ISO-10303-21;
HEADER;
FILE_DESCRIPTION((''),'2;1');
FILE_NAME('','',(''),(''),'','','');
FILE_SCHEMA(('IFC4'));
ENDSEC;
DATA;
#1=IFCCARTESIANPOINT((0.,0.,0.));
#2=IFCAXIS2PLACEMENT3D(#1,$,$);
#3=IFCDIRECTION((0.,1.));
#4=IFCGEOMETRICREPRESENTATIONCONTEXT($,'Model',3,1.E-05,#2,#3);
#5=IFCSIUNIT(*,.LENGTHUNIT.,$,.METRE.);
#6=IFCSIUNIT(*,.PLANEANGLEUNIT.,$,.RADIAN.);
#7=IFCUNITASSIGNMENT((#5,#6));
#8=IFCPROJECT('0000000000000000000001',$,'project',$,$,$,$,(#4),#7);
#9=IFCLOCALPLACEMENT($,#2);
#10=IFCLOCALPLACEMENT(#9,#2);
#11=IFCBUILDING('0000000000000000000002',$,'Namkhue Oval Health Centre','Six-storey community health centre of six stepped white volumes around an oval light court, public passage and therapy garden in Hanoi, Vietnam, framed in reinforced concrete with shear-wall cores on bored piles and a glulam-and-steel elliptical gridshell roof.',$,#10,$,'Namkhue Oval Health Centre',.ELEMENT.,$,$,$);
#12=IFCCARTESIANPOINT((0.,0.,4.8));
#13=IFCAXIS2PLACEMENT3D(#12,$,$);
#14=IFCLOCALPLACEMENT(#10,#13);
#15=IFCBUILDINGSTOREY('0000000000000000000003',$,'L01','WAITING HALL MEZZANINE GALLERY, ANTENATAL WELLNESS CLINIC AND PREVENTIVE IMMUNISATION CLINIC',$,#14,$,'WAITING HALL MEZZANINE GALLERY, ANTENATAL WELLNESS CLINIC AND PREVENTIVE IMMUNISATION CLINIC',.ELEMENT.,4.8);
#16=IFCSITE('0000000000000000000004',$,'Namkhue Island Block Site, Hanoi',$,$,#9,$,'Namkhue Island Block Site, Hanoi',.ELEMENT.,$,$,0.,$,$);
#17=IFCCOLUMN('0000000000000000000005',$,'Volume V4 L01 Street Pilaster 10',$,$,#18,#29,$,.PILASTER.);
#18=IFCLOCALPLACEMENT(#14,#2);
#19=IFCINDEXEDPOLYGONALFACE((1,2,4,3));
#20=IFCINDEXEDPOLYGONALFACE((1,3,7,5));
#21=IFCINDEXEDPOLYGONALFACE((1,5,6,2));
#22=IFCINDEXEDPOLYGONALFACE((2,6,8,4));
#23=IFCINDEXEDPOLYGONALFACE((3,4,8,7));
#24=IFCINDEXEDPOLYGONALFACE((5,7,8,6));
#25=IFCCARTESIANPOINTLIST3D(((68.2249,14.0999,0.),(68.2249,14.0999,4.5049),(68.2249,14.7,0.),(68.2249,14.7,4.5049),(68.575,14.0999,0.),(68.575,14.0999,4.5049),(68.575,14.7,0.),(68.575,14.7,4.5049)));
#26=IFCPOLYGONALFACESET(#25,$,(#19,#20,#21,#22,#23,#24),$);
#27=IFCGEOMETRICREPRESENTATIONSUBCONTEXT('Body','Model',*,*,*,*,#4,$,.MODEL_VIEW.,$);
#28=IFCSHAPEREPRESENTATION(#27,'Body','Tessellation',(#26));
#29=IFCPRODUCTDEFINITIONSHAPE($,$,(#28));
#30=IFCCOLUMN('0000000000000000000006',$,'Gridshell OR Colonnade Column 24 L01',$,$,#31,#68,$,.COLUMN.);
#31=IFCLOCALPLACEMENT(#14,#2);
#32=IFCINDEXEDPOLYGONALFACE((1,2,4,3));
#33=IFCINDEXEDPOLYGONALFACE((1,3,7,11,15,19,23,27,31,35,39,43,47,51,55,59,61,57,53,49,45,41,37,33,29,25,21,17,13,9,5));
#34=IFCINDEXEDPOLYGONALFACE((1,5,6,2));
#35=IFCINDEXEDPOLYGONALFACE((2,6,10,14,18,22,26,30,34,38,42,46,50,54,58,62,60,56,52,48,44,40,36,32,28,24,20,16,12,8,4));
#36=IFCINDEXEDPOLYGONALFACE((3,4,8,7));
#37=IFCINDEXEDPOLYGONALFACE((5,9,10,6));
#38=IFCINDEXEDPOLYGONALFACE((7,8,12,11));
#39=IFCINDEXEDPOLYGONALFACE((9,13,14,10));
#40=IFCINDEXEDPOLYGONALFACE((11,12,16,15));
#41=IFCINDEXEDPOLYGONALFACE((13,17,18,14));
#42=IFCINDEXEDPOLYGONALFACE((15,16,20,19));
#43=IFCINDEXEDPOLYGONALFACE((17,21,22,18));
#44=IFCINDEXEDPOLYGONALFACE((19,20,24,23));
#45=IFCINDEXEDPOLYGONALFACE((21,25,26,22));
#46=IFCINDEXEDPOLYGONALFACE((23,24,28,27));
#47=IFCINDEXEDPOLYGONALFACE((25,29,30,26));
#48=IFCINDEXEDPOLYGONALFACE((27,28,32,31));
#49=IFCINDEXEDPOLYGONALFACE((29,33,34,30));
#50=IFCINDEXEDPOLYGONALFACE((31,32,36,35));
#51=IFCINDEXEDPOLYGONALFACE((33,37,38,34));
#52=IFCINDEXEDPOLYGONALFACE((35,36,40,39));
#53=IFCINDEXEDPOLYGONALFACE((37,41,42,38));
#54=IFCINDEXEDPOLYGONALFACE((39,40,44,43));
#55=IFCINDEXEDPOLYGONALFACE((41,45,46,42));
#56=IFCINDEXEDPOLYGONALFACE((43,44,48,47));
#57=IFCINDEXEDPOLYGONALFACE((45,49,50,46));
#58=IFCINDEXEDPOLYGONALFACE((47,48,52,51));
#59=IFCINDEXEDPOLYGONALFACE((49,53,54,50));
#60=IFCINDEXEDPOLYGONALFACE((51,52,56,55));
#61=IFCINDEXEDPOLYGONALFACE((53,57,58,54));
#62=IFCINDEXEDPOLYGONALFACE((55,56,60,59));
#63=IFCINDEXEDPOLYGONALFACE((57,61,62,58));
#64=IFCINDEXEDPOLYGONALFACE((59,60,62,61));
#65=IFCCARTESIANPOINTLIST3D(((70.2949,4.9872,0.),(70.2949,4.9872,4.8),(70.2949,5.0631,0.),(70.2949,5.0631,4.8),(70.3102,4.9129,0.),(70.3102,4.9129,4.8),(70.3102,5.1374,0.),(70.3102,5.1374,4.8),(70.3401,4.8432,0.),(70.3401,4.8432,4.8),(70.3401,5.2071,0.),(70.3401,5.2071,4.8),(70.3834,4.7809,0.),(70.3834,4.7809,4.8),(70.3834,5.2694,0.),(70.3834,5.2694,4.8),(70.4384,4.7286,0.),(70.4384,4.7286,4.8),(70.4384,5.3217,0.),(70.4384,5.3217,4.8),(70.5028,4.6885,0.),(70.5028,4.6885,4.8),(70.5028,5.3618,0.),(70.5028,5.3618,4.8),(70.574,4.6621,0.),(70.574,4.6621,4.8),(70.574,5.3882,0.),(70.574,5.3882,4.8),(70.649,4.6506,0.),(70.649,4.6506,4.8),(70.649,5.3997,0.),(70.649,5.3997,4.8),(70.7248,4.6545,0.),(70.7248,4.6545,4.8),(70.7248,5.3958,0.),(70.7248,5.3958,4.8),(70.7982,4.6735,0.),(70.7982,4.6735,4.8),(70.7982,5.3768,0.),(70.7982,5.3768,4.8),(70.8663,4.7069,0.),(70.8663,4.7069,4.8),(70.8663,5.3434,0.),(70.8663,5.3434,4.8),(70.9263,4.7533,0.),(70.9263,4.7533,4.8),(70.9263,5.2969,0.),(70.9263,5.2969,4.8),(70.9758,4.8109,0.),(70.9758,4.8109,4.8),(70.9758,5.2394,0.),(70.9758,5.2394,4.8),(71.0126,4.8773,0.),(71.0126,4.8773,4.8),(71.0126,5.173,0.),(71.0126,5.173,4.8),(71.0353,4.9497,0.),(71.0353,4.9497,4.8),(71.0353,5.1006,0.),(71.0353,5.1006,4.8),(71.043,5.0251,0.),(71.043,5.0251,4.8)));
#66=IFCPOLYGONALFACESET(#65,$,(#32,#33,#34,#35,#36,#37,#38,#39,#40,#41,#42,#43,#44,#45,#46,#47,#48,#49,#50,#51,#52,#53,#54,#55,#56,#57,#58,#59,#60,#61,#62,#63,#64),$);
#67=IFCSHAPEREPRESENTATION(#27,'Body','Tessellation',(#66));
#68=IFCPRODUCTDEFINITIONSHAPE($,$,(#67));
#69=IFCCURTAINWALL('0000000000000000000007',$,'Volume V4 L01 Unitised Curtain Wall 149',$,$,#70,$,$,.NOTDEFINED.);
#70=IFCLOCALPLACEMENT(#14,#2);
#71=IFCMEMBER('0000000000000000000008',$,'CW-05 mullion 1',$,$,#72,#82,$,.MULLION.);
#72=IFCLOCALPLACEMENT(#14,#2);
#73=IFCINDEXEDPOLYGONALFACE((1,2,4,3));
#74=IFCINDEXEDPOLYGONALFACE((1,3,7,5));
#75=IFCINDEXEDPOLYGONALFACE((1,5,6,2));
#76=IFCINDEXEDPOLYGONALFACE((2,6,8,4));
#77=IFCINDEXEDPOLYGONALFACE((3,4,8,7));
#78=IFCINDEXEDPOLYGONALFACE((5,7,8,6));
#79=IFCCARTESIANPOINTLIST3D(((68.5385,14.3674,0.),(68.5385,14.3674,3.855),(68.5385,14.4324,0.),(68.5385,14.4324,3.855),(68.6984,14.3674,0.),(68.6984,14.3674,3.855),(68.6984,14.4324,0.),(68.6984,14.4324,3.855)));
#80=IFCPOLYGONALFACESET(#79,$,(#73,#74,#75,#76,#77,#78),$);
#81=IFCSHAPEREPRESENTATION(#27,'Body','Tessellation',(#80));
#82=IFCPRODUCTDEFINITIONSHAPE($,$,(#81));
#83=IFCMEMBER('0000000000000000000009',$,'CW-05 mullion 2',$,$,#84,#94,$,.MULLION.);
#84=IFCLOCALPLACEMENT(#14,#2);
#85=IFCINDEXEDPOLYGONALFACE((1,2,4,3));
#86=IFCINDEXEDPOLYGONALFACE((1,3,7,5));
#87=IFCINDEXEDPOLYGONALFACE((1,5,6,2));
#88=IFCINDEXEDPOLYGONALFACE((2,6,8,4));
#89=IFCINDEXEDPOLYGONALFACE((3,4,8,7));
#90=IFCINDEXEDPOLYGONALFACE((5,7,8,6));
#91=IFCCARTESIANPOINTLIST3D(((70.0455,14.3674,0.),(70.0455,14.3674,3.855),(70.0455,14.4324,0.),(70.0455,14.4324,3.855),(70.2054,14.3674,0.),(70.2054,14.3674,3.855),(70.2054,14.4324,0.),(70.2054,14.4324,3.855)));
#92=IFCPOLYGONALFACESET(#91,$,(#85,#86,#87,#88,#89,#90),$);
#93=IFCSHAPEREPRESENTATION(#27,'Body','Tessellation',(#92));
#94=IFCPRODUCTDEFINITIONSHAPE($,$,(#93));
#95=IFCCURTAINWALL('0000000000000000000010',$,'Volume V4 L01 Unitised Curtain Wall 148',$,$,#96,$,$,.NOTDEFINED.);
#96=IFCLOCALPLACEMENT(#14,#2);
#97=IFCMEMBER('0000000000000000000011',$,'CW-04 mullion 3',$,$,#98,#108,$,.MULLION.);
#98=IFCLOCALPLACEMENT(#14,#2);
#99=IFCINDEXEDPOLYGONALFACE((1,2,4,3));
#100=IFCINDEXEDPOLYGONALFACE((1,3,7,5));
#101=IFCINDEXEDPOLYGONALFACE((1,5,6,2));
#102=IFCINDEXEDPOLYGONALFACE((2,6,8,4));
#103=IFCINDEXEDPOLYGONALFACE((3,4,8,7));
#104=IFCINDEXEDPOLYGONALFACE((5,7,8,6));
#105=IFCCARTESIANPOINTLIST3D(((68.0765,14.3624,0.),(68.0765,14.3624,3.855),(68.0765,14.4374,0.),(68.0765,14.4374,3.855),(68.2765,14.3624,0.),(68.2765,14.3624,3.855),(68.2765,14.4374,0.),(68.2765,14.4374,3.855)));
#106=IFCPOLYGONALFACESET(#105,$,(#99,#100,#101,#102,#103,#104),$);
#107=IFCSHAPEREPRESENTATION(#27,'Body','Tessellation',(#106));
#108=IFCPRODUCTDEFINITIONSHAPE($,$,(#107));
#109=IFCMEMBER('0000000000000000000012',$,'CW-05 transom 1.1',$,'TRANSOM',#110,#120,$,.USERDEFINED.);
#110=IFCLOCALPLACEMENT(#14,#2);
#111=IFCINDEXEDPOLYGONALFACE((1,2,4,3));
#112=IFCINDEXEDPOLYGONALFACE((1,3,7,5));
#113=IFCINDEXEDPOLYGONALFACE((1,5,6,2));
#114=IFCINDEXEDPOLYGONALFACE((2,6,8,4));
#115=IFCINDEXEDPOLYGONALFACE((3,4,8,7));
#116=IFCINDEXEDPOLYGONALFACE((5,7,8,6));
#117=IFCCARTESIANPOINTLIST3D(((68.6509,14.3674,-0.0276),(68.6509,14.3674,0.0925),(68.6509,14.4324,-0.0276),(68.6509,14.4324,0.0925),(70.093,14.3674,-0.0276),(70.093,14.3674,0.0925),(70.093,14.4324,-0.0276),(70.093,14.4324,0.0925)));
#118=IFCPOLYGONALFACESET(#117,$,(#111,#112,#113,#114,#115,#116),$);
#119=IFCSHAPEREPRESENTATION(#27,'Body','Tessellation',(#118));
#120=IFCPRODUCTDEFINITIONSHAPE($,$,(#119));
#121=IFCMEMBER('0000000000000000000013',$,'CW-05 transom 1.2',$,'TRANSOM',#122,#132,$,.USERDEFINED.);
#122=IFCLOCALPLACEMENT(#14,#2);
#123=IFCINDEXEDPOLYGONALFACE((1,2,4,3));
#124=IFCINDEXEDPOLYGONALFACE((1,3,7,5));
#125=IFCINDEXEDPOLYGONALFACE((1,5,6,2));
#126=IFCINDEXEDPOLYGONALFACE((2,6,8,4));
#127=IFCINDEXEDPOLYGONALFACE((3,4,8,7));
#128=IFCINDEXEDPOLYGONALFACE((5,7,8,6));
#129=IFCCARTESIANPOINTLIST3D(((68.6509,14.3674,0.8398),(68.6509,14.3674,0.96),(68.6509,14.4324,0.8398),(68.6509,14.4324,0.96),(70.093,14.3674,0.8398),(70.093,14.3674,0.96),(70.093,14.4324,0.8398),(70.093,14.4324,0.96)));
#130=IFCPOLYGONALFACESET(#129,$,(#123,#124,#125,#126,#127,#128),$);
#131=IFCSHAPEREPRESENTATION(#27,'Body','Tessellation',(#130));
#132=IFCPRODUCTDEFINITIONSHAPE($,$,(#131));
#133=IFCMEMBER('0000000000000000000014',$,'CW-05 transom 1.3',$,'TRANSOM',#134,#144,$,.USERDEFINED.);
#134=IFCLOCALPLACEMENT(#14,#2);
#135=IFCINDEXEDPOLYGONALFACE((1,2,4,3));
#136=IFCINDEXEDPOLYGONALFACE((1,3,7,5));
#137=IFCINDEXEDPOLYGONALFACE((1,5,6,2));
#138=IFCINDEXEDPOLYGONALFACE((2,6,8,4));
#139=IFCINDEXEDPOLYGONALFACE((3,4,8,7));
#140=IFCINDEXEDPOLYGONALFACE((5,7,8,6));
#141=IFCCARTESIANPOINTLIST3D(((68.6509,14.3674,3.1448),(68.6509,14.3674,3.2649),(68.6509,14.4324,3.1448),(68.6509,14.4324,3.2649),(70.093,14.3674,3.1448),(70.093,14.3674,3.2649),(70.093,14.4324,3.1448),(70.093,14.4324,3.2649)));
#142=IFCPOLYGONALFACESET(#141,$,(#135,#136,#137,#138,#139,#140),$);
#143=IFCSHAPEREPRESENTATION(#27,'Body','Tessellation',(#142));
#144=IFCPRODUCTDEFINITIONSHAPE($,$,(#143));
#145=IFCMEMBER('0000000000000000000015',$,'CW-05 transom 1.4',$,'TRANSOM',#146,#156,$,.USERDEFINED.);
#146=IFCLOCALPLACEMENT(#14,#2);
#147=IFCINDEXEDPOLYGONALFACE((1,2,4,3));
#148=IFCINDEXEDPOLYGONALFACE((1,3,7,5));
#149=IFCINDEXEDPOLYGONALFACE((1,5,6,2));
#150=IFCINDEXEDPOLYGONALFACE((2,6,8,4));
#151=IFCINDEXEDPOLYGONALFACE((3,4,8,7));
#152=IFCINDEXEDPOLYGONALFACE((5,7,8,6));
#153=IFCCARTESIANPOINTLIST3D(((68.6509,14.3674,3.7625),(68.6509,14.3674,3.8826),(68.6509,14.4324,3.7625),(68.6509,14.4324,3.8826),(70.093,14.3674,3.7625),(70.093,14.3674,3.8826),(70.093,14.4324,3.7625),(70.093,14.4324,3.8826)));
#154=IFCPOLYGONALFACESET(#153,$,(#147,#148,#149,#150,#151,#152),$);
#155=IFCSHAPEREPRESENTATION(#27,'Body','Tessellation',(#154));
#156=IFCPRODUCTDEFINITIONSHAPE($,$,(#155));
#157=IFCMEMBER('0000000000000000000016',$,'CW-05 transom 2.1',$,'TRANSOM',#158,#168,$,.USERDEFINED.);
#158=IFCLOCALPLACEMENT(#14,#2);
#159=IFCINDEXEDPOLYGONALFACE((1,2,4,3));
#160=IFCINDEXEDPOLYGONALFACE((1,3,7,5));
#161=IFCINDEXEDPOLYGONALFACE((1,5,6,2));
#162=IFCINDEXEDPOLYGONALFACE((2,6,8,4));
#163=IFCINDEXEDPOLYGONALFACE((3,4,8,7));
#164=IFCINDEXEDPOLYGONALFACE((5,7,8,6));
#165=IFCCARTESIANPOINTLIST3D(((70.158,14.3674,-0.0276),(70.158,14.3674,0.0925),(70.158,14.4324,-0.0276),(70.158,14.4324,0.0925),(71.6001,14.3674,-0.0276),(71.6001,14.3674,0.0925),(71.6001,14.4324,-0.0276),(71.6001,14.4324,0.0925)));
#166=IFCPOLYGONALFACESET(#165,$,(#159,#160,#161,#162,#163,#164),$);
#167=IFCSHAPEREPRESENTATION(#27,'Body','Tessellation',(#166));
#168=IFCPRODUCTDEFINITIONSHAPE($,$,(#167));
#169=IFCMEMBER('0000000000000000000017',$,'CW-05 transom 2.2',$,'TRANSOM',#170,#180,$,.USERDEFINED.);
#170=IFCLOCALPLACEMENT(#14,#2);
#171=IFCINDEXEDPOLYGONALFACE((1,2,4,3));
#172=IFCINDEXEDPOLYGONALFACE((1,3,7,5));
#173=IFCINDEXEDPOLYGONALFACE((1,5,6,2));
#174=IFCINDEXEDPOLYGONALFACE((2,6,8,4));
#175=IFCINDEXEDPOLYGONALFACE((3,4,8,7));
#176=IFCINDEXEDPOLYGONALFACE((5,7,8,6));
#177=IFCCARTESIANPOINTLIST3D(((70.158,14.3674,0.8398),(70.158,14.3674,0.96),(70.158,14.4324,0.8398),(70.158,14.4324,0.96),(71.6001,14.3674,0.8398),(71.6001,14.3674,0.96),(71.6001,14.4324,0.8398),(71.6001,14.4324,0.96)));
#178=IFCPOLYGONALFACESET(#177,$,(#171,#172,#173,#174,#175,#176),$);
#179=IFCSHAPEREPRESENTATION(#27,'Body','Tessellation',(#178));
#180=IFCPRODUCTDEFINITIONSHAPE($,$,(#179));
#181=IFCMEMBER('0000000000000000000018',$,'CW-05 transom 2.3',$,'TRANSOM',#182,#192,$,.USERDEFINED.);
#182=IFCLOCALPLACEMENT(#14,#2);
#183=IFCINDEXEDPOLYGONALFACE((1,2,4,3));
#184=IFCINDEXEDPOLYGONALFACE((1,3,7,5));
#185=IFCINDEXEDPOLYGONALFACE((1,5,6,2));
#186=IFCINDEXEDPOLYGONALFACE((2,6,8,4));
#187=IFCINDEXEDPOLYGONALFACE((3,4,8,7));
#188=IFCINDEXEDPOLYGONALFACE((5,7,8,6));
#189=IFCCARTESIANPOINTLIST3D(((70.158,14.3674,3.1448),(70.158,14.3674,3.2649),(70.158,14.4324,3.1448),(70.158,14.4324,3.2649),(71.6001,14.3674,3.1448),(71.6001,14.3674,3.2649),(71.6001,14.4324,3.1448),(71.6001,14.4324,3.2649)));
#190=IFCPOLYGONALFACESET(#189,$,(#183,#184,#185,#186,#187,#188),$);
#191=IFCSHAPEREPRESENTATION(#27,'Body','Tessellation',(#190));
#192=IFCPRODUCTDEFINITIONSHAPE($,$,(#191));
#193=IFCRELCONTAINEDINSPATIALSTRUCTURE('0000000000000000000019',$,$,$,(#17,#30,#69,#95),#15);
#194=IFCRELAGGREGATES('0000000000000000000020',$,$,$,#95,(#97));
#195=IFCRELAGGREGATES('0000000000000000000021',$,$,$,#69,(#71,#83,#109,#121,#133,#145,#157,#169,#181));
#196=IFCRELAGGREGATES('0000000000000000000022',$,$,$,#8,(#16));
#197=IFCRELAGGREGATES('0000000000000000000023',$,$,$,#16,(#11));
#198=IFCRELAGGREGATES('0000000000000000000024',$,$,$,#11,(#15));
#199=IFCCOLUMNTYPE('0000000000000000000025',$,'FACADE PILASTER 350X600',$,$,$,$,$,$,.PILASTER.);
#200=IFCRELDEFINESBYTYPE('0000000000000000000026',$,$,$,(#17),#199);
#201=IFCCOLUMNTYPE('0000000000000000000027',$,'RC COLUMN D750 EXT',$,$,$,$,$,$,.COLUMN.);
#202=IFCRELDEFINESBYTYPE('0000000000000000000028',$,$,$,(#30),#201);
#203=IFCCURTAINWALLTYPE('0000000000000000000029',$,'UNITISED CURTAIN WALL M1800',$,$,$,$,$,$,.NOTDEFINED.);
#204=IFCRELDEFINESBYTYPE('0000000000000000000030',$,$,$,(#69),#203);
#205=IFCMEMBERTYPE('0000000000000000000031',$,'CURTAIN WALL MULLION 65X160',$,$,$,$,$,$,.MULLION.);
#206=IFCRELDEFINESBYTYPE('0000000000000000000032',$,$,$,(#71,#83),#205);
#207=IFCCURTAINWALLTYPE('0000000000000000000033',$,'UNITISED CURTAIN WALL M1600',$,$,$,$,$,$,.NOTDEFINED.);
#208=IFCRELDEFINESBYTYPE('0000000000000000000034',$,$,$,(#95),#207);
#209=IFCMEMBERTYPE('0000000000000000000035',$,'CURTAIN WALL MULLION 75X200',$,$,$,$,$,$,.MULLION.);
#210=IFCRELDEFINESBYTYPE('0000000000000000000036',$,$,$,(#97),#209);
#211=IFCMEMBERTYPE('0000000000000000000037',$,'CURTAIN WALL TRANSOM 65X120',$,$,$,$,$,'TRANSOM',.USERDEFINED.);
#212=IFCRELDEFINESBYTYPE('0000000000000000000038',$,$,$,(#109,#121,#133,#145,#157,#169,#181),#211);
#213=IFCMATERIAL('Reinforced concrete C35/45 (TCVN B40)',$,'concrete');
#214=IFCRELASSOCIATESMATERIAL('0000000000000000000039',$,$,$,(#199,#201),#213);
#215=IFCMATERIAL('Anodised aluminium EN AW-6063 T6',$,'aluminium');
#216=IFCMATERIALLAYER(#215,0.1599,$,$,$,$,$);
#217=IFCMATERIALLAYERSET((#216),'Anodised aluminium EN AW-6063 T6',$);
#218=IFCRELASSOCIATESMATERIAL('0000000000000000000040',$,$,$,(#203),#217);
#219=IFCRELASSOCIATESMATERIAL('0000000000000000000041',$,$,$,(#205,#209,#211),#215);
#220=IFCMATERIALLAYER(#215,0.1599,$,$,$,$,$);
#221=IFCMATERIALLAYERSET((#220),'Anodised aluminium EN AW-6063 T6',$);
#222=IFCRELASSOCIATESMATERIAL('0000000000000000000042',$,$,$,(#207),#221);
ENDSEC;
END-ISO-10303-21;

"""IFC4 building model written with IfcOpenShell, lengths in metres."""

from ifc_helpers import new_model, si_unit, direction, frame, origin, origin_2d, place, context, subcontext, project, spatial, rectangle, circle, extrude, material, layer, layer_set, material_profile, profile_set, type_object, element, aggregate, save


model = new_model("IFC4")

# Units and contexts
model_context = context("Model", 3, precision=1e-05, world=origin(), true_north=direction((0.0, 1.0)))
body_context = subcontext(model_context, "Body", "Model", "MODEL_VIEW")
ifc_project = project(units=[si_unit("LENGTHUNIT", "METRE"), si_unit("PLANEANGLEUNIT", "RADIAN")], contexts=[model_context])

# Site, building, storey
site_placement = place(None, origin())
site = spatial("IfcSite", under=ifc_project, at=site_placement, Name="Namkhue Island Block Site, Hanoi", LongName="Namkhue Island Block Site, Hanoi", CompositionType="ELEMENT", RefElevation=0.0)
building_placement = place(site_placement, origin())
building = spatial("IfcBuilding", under=site, at=building_placement, Name="Namkhue Oval Health Centre", Description="Six-storey community health centre of six stepped white volumes around an oval light court, public passage and therapy garden in Hanoi, Vietnam, framed in reinforced concrete with shear-wall cores on bored piles and a glulam-and-steel elliptical gridshell roof.", LongName="Namkhue Oval Health Centre", CompositionType="ELEMENT")
storey_placement = place(building_placement, frame((0.0, 0.0, 4.8)))
storey = spatial("IfcBuildingStorey", under=building, at=storey_placement, Name="L01", Description="WAITING HALL MEZZANINE GALLERY, ANTENATAL WELLNESS CLINIC AND PREVENTIVE IMMUNISATION CLINIC", LongName="WAITING HALL MEZZANINE GALLERY, ANTENATAL WELLNESS CLINIC AND PREVENTIVE IMMUNISATION CLINIC", CompositionType="ELEMENT", Elevation=4.8)

# Columns
ifc_material_1 = material(Name="Reinforced concrete C35/45 (TCVN B40)", Category="concrete")
ifc_material_profile_1 = material_profile(ifc_material_1, rectangle(XDim=0.3501, YDim=0.6001, at=origin_2d()), Name="RC 350x600")
ifc_profile_set_1 = profile_set([ifc_material_profile_1], Name="Reinforced concrete C35/45 (TCVN B40)")
column_type_1 = type_object("IfcColumnType", Name="FACADE PILASTER 350X600", PredefinedType="PILASTER", material=ifc_profile_set_1)
column_1_placement = place(storey_placement, frame((68.3999, 14.3999, 0.0), z_axis=(0.0, 0.0, 1.0), x_axis=(1.0, 0.0, 0.0)))
element("IfcColumn", 1, at=column_1_placement, inside=storey, type_object=column_type_1, Name="Volume V4 L01 Street Pilaster 10", PredefinedType="PILASTER", context=body_context, shape_type="SweptSolid", body=[
    extrude(rectangle(XDim=0.3501, YDim=0.6001, at=origin_2d()), origin(), (0.0, 0.0, 1.0), 4.5049),
])
ifc_material_profile_2 = material_profile(ifc_material_1, circle(Radius=0.375, at=origin_2d()), Name="RC D750")
ifc_profile_set_2 = profile_set([ifc_material_profile_2], Name="Reinforced concrete C35/45 (TCVN B40)")
column_type_2 = type_object("IfcColumnType", Name="RC COLUMN D750 EXT", PredefinedType="COLUMN", material=ifc_profile_set_2)
column_2_placement = place(storey_placement, frame((70.668, 5.0251, 0.0), z_axis=(0.0, 0.0, 1.0), x_axis=(1.0, 0.0, 0.0)))
element("IfcColumn", 2, at=column_2_placement, inside=storey, type_object=column_type_2, Name="Gridshell OR Colonnade Column 24 L01", PredefinedType="COLUMN", context=body_context, shape_type="SweptSolid", body=[
    extrude(circle(Radius=0.375, at=origin_2d()), origin(), (0.0, 0.0, 1.0), 4.8),
])

# Curtain wall, members
ifc_material_2 = material(Name="Anodised aluminium EN AW-6063 T6", Category="aluminium")
ifc_layer_1 = layer(ifc_material_2, 0.1599)
ifc_layer_set_1 = layer_set([ifc_layer_1], Name="Anodised aluminium EN AW-6063 T6")
curtain_wall_type_1 = type_object("IfcCurtainWallType", Name="UNITISED CURTAIN WALL M1800", PredefinedType="NOTDEFINED", material=ifc_layer_set_1)
curtain_wall_1_placement = place(storey_placement, origin())
curtain_wall_1 = element("IfcCurtainWall", 3, at=curtain_wall_1_placement, inside=storey, type_object=curtain_wall_type_1, Name="Volume V4 L01 Unitised Curtain Wall 149", PredefinedType="NOTDEFINED")
ifc_material_profile_3 = material_profile(ifc_material_2, rectangle(XDim=0.0649, YDim=0.1599, at=origin_2d()), Name="ALU 65x160")
ifc_profile_set_3 = profile_set([ifc_material_profile_3], Name="Anodised aluminium EN AW-6063 T6")
member_type_1 = type_object("IfcMemberType", Name="CURTAIN WALL MULLION 65X160", PredefinedType="MULLION", material=ifc_profile_set_3)
member_1_placement = place(storey_placement, frame((68.6184, 14.3999, 0.0), z_axis=(0.0, 0.0, 1.0), x_axis=(0.0, 1.0, 0.0)))
member_1 = element("IfcMember", 4, at=member_1_placement, type_object=member_type_1, Name="CW-05 mullion 1", PredefinedType="MULLION", context=body_context, shape_type="SweptSolid", body=[
    extrude(rectangle(XDim=0.0649, YDim=0.1599, at=origin_2d()), origin(), (0.0, 0.0, 1.0), 3.855),
])
member_2_placement = place(storey_placement, frame((70.1255, 14.3999, 0.0), z_axis=(0.0, 0.0, 1.0), x_axis=(0.0, 1.0, 0.0)))
member_2 = element("IfcMember", 5, at=member_2_placement, type_object=member_type_1, Name="CW-05 mullion 2", PredefinedType="MULLION", context=body_context, shape_type="SweptSolid", body=[
    extrude(rectangle(XDim=0.0649, YDim=0.1599, at=origin_2d()), origin(), (0.0, 0.0, 1.0), 3.855),
])

# Curtain wall, member
ifc_layer_2 = layer(ifc_material_2, 0.1599)
ifc_layer_set_2 = layer_set([ifc_layer_2], Name="Anodised aluminium EN AW-6063 T6")
curtain_wall_type_2 = type_object("IfcCurtainWallType", Name="UNITISED CURTAIN WALL M1600", PredefinedType="NOTDEFINED", material=ifc_layer_set_2)
curtain_wall_2_placement = place(storey_placement, origin())
curtain_wall_2 = element("IfcCurtainWall", 6, at=curtain_wall_2_placement, inside=storey, type_object=curtain_wall_type_2, Name="Volume V4 L01 Unitised Curtain Wall 148", PredefinedType="NOTDEFINED")
ifc_material_profile_4 = material_profile(ifc_material_2, rectangle(XDim=0.075, YDim=0.2, at=origin_2d()), Name="ALU 75x200")
ifc_profile_set_4 = profile_set([ifc_material_profile_4], Name="Anodised aluminium EN AW-6063 T6")
member_type_2 = type_object("IfcMemberType", Name="CURTAIN WALL MULLION 75X200", PredefinedType="MULLION", material=ifc_profile_set_4)
member_3_placement = place(storey_placement, frame((68.1765, 14.3999, 0.0), z_axis=(0.0, 0.0, 1.0), x_axis=(0.0, 1.0, 0.0)))
member_3 = element("IfcMember", 7, at=member_3_placement, type_object=member_type_2, Name="CW-04 mullion 3", PredefinedType="MULLION", context=body_context, shape_type="SweptSolid", body=[
    extrude(rectangle(XDim=0.075, YDim=0.2, at=origin_2d()), origin(), (0.0, 0.0, 1.0), 3.855),
])
aggregate(curtain_wall_2, [member_3])

# Members
ifc_material_profile_5 = material_profile(ifc_material_2, rectangle(XDim=0.0649, YDim=0.1201, at=origin_2d()), Name="ALU 65x120")
ifc_profile_set_5 = profile_set([ifc_material_profile_5], Name="Anodised aluminium EN AW-6063 T6")
member_type_3 = type_object("IfcMemberType", Name="CURTAIN WALL TRANSOM 65X120", ElementType="TRANSOM", PredefinedType="USERDEFINED", material=ifc_profile_set_5)
member_4_placement = place(storey_placement, frame((68.6509, 14.3999, 0.0325), z_axis=(1.0, 0.0, 0.0), x_axis=(0.0, 1.0, 0.0)))
member_4 = element("IfcMember", 8, at=member_4_placement, type_object=member_type_3, Name="CW-05 transom 1.1", ObjectType="TRANSOM", PredefinedType="USERDEFINED", context=body_context, shape_type="SweptSolid", body=[
    extrude(rectangle(XDim=0.0649, YDim=0.1201, at=origin_2d()), origin(), (0.0, 0.0, 1.0), 1.4421),
])
member_5_placement = place(storey_placement, frame((68.6509, 14.3999, 0.8999), z_axis=(1.0, 0.0, 0.0), x_axis=(0.0, 1.0, 0.0)))
member_5 = element("IfcMember", 9, at=member_5_placement, type_object=member_type_3, Name="CW-05 transom 1.2", ObjectType="TRANSOM", PredefinedType="USERDEFINED", context=body_context, shape_type="SweptSolid", body=[
    extrude(rectangle(XDim=0.0649, YDim=0.1201, at=origin_2d()), origin(), (0.0, 0.0, 1.0), 1.4421),
])
member_6_placement = place(storey_placement, frame((68.6509, 14.3999, 3.2048), z_axis=(1.0, 0.0, 0.0), x_axis=(0.0, 1.0, 0.0)))
member_6 = element("IfcMember", 10, at=member_6_placement, type_object=member_type_3, Name="CW-05 transom 1.3", ObjectType="TRANSOM", PredefinedType="USERDEFINED", context=body_context, shape_type="SweptSolid", body=[
    extrude(rectangle(XDim=0.0649, YDim=0.1201, at=origin_2d()), origin(), (0.0, 0.0, 1.0), 1.4421),
])
member_7_placement = place(storey_placement, frame((68.6509, 14.3999, 3.8225), z_axis=(1.0, 0.0, 0.0), x_axis=(0.0, 1.0, 0.0)))
member_7 = element("IfcMember", 11, at=member_7_placement, type_object=member_type_3, Name="CW-05 transom 1.4", ObjectType="TRANSOM", PredefinedType="USERDEFINED", context=body_context, shape_type="SweptSolid", body=[
    extrude(rectangle(XDim=0.0649, YDim=0.1201, at=origin_2d()), origin(), (0.0, 0.0, 1.0), 1.4421),
])
member_8_placement = place(storey_placement, frame((70.158, 14.3999, 0.0325), z_axis=(1.0, 0.0, 0.0), x_axis=(0.0, 1.0, 0.0)))
member_8 = element("IfcMember", 12, at=member_8_placement, type_object=member_type_3, Name="CW-05 transom 2.1", ObjectType="TRANSOM", PredefinedType="USERDEFINED", context=body_context, shape_type="SweptSolid", body=[
    extrude(rectangle(XDim=0.0649, YDim=0.1201, at=origin_2d()), origin(), (0.0, 0.0, 1.0), 1.4421),
])
member_9_placement = place(storey_placement, frame((70.158, 14.3999, 0.8999), z_axis=(1.0, 0.0, 0.0), x_axis=(0.0, 1.0, 0.0)))
member_9 = element("IfcMember", 13, at=member_9_placement, type_object=member_type_3, Name="CW-05 transom 2.2", ObjectType="TRANSOM", PredefinedType="USERDEFINED", context=body_context, shape_type="SweptSolid", body=[
    extrude(rectangle(XDim=0.0649, YDim=0.1201, at=origin_2d()), origin(), (0.0, 0.0, 1.0), 1.4421),
])
member_10_placement = place(storey_placement, frame((70.158, 14.3999, 3.2048), z_axis=(1.0, 0.0, 0.0), x_axis=(0.0, 1.0, 0.0)))
member_10 = element("IfcMember", 14, at=member_10_placement, type_object=member_type_3, Name="CW-05 transom 2.3", ObjectType="TRANSOM", PredefinedType="USERDEFINED", context=body_context, shape_type="SweptSolid", body=[
    extrude(rectangle(XDim=0.0649, YDim=0.1201, at=origin_2d()), origin(), (0.0, 0.0, 1.0), 1.4421),
])

aggregate(curtain_wall_1, [member_1, member_2, member_4, member_5, member_6, member_7, member_8, member_9, member_10])

save(model, "model.ifc")
